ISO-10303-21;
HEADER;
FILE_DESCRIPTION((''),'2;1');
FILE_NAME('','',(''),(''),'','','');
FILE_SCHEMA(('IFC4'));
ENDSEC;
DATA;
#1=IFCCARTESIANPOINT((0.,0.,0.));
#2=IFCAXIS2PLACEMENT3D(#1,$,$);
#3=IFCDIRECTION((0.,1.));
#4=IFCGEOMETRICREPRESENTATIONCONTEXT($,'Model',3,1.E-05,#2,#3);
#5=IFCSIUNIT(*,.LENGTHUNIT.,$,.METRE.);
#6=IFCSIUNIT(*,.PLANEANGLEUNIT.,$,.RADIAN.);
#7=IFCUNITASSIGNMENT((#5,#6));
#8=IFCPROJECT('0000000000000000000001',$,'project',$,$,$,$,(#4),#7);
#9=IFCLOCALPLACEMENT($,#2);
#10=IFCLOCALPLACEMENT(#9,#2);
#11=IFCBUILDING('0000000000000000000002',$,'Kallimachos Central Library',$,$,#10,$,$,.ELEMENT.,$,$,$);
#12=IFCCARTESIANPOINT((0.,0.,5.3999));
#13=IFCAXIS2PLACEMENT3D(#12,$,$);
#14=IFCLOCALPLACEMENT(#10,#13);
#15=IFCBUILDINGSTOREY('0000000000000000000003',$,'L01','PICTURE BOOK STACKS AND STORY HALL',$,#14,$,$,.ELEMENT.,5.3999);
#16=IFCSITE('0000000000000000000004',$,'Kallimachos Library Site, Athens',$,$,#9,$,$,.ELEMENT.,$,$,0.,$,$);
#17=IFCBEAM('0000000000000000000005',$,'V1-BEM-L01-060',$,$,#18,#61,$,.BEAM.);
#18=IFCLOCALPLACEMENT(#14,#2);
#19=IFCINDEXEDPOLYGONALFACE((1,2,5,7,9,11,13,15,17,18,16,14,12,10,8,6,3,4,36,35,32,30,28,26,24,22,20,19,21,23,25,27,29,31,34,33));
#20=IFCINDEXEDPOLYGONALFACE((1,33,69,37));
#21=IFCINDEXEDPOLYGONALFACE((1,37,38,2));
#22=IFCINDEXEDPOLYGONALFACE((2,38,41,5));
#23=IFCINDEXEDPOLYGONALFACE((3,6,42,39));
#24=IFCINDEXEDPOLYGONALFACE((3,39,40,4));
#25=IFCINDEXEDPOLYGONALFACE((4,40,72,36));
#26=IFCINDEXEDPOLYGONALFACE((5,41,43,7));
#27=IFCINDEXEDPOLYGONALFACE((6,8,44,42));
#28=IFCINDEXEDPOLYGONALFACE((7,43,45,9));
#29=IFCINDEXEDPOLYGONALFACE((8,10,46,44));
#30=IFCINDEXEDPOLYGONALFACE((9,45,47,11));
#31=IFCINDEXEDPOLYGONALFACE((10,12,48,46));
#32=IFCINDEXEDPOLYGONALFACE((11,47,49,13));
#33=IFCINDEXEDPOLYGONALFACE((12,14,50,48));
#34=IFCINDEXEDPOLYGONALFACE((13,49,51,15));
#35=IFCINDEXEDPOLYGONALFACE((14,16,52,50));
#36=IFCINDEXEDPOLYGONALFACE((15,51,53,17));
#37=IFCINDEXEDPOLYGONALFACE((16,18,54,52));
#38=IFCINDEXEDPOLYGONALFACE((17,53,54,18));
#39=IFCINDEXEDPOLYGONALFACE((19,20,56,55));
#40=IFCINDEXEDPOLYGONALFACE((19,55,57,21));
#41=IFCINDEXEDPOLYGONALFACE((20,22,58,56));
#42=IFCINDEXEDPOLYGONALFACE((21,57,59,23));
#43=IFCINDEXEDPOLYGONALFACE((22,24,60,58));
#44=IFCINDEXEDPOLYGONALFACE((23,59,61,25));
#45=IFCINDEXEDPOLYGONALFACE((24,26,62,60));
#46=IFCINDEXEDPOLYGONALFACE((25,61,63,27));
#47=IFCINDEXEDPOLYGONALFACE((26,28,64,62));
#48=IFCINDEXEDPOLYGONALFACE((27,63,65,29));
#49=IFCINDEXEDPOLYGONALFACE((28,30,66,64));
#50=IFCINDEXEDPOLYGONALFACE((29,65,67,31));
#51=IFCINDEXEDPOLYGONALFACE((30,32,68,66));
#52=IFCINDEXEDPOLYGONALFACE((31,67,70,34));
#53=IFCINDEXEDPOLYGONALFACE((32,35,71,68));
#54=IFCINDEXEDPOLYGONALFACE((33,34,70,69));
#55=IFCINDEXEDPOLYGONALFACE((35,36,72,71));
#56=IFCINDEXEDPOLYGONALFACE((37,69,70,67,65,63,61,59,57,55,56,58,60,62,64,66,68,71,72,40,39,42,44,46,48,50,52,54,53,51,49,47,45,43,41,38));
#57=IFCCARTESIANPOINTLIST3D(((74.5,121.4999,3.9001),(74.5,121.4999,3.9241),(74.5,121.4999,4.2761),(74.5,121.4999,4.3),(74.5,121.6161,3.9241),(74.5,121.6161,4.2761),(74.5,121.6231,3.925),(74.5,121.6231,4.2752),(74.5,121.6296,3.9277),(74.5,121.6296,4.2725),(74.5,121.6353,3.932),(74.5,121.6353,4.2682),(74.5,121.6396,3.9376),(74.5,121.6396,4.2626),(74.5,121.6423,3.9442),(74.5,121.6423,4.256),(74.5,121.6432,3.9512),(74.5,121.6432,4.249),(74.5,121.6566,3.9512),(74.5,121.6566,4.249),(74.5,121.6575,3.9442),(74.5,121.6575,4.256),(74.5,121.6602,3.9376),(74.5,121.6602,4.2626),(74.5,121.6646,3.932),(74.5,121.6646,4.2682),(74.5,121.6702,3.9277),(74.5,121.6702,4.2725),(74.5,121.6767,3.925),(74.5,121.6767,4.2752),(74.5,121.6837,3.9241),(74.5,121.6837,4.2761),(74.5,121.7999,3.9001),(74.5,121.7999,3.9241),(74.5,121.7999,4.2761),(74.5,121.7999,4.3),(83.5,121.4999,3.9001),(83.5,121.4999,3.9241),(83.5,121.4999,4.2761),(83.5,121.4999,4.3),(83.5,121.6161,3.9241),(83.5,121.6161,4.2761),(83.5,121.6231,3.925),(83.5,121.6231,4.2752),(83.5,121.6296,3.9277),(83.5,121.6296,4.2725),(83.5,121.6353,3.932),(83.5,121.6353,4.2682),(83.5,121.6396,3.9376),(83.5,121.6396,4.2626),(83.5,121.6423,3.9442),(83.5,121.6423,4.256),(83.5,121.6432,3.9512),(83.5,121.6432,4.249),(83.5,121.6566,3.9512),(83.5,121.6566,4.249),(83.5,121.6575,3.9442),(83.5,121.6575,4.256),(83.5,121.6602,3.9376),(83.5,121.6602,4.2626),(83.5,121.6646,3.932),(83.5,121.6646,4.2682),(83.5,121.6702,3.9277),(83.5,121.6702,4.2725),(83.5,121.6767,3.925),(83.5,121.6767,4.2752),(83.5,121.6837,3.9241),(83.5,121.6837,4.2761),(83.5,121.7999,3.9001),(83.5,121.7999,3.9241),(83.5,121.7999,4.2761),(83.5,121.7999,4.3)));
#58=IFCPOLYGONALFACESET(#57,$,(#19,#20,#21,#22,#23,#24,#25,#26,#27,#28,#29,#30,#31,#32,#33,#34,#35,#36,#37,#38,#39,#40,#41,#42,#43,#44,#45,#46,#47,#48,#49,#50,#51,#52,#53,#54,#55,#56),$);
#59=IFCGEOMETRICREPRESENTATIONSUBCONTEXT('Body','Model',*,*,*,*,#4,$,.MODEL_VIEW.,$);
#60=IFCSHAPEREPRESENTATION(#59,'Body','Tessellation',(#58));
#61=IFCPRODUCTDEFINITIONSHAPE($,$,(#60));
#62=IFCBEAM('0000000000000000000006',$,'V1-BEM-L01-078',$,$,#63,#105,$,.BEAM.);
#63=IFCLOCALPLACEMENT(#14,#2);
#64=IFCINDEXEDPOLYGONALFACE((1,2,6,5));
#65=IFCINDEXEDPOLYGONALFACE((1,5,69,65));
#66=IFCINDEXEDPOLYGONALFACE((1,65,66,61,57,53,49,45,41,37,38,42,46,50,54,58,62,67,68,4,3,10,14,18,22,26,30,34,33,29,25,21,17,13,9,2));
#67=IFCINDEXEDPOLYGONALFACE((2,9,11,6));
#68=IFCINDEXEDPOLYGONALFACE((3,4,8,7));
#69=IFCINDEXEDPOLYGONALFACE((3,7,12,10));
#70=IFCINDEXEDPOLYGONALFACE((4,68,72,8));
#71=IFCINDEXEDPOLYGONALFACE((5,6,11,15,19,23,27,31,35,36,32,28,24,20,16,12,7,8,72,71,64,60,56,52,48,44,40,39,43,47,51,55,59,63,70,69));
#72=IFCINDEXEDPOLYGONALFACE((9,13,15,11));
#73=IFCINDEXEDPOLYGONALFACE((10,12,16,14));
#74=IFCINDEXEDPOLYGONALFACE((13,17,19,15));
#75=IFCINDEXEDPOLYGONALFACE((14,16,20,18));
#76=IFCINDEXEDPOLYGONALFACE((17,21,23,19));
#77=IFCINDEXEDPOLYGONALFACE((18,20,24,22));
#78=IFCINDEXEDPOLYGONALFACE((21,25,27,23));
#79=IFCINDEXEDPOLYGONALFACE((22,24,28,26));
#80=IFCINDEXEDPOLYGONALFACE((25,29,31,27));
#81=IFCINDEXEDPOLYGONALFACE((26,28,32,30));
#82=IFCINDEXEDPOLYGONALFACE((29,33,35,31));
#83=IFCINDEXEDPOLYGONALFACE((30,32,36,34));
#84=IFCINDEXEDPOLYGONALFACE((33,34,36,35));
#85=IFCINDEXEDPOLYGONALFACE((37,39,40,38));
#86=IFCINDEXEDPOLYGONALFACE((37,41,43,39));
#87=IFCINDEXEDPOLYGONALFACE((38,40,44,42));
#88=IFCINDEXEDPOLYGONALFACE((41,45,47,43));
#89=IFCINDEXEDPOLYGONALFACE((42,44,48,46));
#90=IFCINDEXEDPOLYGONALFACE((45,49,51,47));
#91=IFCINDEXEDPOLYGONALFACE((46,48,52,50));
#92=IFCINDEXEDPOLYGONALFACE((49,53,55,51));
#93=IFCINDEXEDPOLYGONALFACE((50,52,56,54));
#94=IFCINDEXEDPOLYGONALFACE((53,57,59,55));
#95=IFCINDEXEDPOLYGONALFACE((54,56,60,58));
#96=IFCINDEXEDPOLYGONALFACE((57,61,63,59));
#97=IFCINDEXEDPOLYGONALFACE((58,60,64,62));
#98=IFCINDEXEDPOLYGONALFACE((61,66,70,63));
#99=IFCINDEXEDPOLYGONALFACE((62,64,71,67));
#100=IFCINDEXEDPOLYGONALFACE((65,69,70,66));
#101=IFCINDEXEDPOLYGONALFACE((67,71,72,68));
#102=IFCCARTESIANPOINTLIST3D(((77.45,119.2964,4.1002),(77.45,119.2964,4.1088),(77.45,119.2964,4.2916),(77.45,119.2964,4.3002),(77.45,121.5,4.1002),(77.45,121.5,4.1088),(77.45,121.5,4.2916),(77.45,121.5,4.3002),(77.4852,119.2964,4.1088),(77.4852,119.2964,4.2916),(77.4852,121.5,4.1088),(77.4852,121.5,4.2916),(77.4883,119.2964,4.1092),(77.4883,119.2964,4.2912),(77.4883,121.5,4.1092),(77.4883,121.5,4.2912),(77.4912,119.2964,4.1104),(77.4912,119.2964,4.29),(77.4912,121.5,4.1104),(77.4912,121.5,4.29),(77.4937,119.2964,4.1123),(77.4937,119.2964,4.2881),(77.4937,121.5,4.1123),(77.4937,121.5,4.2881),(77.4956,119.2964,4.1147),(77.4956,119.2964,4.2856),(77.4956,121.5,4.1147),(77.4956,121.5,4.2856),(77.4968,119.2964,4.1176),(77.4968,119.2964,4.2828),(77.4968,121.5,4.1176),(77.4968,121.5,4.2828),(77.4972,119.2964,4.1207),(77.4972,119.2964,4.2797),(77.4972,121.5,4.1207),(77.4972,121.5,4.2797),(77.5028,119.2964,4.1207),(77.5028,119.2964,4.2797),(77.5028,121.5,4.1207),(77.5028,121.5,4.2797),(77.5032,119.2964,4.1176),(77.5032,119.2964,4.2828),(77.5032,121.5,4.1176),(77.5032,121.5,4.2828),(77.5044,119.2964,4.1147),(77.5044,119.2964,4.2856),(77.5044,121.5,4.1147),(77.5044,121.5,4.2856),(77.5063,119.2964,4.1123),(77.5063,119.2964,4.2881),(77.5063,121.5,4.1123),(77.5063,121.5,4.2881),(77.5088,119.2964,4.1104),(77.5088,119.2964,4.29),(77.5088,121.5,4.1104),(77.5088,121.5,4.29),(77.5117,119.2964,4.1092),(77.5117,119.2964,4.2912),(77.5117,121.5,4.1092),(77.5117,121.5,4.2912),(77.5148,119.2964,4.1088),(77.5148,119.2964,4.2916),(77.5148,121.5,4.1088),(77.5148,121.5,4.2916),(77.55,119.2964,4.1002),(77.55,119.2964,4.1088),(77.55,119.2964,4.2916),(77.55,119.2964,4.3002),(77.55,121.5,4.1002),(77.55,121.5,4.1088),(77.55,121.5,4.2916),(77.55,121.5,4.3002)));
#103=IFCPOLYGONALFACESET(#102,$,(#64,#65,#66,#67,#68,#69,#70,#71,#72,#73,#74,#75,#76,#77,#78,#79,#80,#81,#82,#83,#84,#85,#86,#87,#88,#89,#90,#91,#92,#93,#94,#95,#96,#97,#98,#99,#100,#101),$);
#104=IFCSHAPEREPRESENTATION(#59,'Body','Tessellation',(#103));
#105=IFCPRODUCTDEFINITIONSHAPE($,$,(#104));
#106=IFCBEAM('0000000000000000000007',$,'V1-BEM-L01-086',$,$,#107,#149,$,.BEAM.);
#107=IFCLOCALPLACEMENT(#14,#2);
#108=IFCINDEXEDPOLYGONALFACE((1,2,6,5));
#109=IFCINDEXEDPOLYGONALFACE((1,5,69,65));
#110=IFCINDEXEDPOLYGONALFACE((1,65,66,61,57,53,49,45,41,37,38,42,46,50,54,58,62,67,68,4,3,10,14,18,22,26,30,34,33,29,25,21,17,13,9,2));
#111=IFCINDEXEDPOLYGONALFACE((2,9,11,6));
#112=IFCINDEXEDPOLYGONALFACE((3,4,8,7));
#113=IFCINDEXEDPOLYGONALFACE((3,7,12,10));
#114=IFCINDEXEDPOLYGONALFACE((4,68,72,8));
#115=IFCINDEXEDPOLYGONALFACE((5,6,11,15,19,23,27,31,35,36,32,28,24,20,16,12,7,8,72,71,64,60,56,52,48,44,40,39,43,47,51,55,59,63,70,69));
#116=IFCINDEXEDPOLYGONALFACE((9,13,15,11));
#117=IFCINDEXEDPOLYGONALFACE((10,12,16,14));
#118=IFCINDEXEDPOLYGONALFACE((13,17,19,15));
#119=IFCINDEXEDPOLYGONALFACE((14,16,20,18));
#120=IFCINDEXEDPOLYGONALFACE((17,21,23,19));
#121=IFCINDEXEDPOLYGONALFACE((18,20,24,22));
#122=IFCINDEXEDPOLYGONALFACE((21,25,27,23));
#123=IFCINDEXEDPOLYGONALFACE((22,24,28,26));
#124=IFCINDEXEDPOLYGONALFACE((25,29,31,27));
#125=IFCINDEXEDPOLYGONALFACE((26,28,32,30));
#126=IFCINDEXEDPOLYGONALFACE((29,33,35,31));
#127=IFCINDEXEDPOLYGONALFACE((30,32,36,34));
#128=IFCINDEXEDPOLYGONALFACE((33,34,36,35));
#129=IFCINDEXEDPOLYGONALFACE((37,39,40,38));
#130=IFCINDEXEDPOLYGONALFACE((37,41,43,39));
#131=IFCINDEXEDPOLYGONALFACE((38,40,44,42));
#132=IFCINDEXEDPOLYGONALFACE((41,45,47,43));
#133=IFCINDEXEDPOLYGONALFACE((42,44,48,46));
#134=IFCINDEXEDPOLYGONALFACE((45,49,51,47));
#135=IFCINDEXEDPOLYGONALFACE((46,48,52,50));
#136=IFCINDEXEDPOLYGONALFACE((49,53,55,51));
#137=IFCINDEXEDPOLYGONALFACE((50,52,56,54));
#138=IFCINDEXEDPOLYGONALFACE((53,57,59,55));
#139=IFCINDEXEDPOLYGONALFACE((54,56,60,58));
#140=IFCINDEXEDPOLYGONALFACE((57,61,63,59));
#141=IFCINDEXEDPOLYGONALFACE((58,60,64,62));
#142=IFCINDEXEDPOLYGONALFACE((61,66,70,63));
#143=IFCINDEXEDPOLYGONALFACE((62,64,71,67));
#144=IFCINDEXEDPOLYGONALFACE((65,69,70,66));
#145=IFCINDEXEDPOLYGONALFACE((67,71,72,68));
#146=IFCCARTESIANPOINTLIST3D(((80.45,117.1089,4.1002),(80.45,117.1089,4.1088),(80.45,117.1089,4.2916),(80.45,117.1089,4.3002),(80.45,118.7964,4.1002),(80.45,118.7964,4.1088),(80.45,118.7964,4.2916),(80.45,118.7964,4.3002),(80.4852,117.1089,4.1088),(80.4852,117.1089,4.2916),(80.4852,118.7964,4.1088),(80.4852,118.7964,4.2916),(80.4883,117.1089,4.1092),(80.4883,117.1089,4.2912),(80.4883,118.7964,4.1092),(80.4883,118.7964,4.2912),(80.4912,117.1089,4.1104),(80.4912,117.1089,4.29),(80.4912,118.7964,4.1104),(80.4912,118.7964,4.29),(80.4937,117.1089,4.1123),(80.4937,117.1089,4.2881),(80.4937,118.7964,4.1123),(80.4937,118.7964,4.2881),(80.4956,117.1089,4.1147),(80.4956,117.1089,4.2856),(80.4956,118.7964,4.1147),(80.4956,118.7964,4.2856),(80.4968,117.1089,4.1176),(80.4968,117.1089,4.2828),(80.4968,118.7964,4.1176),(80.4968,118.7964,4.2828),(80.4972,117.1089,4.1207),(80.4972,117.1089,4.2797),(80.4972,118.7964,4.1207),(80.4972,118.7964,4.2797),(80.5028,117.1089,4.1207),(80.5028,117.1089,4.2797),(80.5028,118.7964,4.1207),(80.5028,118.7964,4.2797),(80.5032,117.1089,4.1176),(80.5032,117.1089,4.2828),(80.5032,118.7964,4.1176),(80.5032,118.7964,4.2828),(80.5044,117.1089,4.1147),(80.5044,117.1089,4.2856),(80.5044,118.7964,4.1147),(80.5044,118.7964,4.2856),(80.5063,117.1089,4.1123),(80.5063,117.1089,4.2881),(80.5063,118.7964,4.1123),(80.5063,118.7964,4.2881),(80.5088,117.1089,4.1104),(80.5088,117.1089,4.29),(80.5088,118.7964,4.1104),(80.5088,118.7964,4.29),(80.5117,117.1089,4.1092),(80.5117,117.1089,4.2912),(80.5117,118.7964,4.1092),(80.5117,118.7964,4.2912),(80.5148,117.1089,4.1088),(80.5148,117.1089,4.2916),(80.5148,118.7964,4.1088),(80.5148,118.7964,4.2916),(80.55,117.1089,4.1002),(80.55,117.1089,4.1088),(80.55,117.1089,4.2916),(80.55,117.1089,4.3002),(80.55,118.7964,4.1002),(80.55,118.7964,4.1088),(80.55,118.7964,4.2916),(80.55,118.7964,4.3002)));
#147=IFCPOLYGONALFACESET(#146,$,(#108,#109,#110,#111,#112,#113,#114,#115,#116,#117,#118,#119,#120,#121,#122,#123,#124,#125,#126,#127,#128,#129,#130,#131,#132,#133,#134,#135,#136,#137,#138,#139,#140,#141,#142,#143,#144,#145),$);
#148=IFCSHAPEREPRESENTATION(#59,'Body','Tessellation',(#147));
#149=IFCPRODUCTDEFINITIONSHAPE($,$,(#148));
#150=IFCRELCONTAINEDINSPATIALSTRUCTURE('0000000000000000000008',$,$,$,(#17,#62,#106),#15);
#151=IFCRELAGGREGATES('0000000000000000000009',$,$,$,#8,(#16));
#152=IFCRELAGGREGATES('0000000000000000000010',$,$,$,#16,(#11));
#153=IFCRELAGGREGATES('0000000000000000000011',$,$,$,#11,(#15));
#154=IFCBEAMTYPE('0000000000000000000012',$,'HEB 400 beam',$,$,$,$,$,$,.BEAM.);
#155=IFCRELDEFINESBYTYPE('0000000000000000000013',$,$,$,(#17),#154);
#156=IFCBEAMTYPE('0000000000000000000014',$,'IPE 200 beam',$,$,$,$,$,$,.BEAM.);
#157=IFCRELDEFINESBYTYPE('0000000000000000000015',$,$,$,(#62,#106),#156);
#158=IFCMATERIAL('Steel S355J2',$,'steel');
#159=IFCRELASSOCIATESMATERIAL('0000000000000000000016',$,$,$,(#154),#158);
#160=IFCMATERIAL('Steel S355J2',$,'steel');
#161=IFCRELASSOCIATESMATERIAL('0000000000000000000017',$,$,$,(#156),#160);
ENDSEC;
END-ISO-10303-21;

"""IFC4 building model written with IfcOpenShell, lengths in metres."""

from ifc_helpers import new_model, si_unit, direction, frame, origin, origin_2d, place, context, subcontext, project, spatial, i_section, extrude, material, material_profile, profile_set, type_object, element, save


model = new_model("IFC4")

# Units and contexts
model_context = context("Model", 3, precision=1e-05, world=origin(), true_north=direction((0.0, 1.0)))
body_context = subcontext(model_context, "Body", "Model", "MODEL_VIEW")
ifc_project = project(units=[si_unit("LENGTHUNIT", "METRE"), si_unit("PLANEANGLEUNIT", "RADIAN")], contexts=[model_context])

# Site, building, storey
site_placement = place(None, origin())
site = spatial("IfcSite", under=ifc_project, at=site_placement, Name="Kallimachos Library Site, Athens", CompositionType="ELEMENT", RefElevation=0.0)
building_placement = place(site_placement, origin())
building = spatial("IfcBuilding", under=site, at=building_placement, Name="Kallimachos Central Library", CompositionType="ELEMENT")
storey_placement = place(building_placement, frame((0.0, 0.0, 5.3999)))
storey = spatial("IfcBuildingStorey", under=building, at=storey_placement, Name="L01", Description="PICTURE BOOK STACKS AND STORY HALL", CompositionType="ELEMENT", Elevation=5.3999)

# Beams
ifc_material_1 = material(Name="Steel S355J2", Category="steel")
ifc_material_profile_1 = material_profile(ifc_material_1, i_section(OverallWidth=0.3, OverallDepth=0.3999, WebThickness=0.0134, FlangeThickness=0.0239, FilletRadius=0.0271, at=origin_2d()), Name="HEB 400")
ifc_profile_set_1 = profile_set([ifc_material_profile_1], Name="Steel S355J2")
beam_type_1 = type_object("IfcBeamType", Name="HEB 400 beam", PredefinedType="BEAM", material=ifc_profile_set_1)
beam_1_placement = place(storey_placement, frame((74.5, 121.6499, 4.1001), z_axis=(1.0, 0.0, 0.0), x_axis=(0.0, 1.0, 0.0)))
element("IfcBeam", 1, at=beam_1_placement, inside=storey, type_object=beam_type_1, Name="V1-BEM-L01-060", PredefinedType="BEAM", context=body_context, shape_type="SweptSolid", body=[
    extrude(i_section(OverallWidth=0.3, OverallDepth=0.3999, WebThickness=0.0134, FlangeThickness=0.0239, FilletRadius=0.0271, at=origin_2d()), origin(), (0.0, 0.0, 1.0), 9.0),
])
ifc_material_2 = material(Name="Steel S355J2", Category="steel")
ifc_material_profile_2 = material_profile(ifc_material_2, i_section(OverallWidth=0.1001, OverallDepth=0.2, WebThickness=0.0056, FlangeThickness=0.0085, FilletRadius=0.012, at=origin_2d()), Name="IPE 200")
ifc_profile_set_2 = profile_set([ifc_material_profile_2], Name="Steel S355J2")
beam_type_2 = type_object("IfcBeamType", Name="IPE 200 beam", PredefinedType="BEAM", material=ifc_profile_set_2)
beam_2_placement = place(storey_placement, frame((77.5, 119.2964, 4.2002), z_axis=(0.0, 1.0, 0.0), x_axis=(-1.0, 0.0, 0.0)))
element("IfcBeam", 2, at=beam_2_placement, inside=storey, type_object=beam_type_2, Name="V1-BEM-L01-078", PredefinedType="BEAM", context=body_context, shape_type="SweptSolid", body=[
    extrude(i_section(OverallWidth=0.1001, OverallDepth=0.2, WebThickness=0.0056, FlangeThickness=0.0085, FilletRadius=0.012, at=origin_2d()), origin(), (0.0, 0.0, 1.0), 2.2036),
])
beam_3_placement = place(storey_placement, frame((80.5, 117.1089, 4.2002), z_axis=(0.0, 1.0, 0.0), x_axis=(-1.0, 0.0, 0.0)))
element("IfcBeam", 3, at=beam_3_placement, inside=storey, type_object=beam_type_2, Name="V1-BEM-L01-086", PredefinedType="BEAM", context=body_context, shape_type="SweptSolid", body=[
    extrude(i_section(OverallWidth=0.1001, OverallDepth=0.2, WebThickness=0.0056, FlangeThickness=0.0085, FilletRadius=0.012, at=origin_2d()), origin(), (0.0, 0.0, 1.0), 1.6875),
])

save(model, "model.ifc")
